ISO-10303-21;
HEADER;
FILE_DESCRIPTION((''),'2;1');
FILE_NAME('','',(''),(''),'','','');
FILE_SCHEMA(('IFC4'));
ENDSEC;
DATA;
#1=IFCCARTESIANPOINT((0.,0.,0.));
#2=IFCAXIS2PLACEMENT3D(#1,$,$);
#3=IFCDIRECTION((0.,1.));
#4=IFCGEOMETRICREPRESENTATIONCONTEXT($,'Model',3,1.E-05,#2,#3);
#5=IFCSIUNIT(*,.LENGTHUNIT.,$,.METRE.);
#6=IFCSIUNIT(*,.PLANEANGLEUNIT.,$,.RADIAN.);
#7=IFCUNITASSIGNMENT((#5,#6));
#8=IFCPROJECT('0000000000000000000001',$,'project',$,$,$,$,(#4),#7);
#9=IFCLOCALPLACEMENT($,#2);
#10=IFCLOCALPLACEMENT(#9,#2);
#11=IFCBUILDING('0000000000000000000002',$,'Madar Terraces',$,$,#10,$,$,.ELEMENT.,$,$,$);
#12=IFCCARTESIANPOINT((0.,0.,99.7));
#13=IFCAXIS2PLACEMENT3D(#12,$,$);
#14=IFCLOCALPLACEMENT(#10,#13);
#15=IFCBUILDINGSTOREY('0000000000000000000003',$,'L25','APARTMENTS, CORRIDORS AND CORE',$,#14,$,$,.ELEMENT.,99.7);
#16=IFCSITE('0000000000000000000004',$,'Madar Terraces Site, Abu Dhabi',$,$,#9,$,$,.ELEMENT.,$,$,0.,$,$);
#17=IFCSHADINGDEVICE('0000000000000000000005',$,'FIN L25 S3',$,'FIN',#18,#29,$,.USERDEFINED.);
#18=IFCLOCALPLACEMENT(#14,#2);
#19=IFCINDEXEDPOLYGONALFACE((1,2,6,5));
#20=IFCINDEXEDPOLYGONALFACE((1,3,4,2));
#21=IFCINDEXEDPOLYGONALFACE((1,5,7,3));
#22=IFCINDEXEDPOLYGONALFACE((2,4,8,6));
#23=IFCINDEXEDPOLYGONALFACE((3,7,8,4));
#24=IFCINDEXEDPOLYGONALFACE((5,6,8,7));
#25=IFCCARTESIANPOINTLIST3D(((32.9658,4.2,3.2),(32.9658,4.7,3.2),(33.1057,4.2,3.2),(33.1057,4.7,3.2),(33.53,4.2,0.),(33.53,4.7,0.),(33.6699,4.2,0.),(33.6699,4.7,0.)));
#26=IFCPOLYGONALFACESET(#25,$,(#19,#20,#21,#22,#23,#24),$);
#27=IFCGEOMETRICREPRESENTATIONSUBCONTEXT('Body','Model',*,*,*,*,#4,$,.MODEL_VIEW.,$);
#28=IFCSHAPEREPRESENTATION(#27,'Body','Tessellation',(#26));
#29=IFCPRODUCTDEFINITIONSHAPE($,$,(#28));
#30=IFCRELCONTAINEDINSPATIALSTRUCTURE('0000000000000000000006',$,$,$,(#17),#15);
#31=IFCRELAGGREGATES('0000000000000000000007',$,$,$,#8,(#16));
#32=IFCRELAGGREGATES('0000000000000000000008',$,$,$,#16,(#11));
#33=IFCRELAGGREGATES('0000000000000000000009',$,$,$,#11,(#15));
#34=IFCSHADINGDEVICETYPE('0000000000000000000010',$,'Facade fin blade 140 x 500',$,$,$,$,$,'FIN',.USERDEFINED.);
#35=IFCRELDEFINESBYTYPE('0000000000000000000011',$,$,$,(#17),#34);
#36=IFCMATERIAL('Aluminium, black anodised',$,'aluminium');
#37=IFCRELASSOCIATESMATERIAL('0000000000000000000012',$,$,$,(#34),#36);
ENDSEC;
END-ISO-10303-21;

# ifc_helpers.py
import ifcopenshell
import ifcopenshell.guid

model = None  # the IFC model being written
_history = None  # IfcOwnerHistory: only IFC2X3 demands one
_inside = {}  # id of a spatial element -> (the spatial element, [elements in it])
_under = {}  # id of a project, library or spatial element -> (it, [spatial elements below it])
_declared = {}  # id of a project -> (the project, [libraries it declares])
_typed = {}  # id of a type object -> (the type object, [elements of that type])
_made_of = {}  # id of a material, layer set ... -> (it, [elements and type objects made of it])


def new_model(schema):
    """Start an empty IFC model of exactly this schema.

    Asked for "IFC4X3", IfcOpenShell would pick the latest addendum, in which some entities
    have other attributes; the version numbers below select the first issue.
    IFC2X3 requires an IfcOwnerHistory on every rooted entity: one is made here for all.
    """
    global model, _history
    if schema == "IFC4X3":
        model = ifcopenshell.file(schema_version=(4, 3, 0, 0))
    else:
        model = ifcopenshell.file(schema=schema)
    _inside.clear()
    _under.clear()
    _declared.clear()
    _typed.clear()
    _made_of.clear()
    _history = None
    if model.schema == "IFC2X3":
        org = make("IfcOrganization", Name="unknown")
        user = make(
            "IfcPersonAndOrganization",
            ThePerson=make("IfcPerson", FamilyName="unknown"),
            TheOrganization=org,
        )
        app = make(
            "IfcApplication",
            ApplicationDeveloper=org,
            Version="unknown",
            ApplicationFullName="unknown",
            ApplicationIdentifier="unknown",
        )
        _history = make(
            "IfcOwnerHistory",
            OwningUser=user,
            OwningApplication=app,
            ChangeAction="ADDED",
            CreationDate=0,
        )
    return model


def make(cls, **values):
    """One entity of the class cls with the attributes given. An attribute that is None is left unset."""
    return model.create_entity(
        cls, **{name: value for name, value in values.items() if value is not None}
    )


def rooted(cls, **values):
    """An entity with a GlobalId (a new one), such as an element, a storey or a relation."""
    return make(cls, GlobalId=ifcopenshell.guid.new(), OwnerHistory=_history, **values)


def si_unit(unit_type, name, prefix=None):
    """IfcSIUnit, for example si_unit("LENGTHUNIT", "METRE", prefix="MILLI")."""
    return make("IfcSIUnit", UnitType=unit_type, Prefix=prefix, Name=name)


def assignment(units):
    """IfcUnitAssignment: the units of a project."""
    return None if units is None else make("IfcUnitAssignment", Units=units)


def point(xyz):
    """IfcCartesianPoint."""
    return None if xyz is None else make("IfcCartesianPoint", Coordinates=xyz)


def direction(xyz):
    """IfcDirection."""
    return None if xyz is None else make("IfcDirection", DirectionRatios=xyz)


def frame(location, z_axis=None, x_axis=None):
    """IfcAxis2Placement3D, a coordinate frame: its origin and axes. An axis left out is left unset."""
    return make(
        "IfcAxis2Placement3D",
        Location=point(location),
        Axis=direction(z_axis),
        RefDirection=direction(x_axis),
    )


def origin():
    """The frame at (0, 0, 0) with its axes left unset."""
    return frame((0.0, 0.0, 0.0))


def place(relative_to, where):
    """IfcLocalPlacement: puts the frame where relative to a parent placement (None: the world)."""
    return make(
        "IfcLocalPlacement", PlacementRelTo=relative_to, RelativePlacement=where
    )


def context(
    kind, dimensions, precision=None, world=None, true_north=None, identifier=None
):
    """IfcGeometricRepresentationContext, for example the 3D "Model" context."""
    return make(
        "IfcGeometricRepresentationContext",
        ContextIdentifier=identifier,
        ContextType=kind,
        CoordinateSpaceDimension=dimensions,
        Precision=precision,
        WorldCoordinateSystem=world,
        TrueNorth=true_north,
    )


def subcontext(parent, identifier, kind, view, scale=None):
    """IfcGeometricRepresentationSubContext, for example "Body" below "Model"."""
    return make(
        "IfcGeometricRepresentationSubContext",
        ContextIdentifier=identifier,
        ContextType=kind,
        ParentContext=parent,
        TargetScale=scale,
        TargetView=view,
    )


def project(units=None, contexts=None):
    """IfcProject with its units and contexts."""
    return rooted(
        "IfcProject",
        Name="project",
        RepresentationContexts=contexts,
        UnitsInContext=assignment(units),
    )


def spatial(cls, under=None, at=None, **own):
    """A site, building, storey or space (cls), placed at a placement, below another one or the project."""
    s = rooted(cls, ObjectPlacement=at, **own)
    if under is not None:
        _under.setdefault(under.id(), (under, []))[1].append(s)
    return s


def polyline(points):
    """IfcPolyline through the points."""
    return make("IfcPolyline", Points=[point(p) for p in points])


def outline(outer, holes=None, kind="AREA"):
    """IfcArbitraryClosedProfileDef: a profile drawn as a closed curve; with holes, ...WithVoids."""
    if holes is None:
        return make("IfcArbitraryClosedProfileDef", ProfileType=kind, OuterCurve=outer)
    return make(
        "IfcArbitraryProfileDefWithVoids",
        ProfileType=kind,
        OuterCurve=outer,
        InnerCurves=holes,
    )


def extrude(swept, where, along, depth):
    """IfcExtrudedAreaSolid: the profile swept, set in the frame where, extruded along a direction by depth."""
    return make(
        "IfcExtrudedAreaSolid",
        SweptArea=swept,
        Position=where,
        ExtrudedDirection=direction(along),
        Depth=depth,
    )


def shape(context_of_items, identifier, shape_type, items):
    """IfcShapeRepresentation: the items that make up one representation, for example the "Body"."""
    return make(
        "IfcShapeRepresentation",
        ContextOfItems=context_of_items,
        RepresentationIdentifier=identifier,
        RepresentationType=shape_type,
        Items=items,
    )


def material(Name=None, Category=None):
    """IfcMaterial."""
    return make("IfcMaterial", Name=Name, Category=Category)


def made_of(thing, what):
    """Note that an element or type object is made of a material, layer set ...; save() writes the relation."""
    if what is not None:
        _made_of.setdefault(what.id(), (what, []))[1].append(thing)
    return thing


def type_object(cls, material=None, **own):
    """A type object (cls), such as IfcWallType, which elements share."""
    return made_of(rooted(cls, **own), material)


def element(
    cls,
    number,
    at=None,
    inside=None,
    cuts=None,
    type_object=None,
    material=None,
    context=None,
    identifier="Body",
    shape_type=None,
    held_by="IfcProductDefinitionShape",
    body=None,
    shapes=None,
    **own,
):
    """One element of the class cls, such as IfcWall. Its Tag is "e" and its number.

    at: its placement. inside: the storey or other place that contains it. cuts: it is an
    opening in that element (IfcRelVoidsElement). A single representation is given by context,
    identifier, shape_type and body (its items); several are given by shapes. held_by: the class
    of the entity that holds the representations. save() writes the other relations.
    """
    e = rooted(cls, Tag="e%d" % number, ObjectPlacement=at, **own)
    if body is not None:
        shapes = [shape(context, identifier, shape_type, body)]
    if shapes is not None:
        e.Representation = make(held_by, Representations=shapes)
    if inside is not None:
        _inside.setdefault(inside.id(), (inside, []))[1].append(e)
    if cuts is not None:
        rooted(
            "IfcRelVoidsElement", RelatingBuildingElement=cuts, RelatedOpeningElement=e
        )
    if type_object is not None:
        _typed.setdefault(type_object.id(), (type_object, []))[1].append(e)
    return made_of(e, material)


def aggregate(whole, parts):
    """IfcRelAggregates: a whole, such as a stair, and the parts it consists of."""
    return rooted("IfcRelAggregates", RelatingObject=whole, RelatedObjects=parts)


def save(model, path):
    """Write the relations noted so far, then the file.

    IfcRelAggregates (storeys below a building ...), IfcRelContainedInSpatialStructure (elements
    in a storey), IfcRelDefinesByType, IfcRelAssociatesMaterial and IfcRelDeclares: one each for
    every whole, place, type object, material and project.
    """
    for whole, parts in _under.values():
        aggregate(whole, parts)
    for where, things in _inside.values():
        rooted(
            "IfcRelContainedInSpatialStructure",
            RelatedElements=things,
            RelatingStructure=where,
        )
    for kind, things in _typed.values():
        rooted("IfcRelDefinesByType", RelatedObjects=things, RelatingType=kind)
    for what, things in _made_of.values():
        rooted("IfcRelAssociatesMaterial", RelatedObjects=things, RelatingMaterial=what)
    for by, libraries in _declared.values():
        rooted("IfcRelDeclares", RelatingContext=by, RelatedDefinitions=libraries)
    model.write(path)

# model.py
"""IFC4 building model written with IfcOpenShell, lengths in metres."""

from ifc_helpers import new_model, si_unit, direction, frame, origin, place, context, subcontext, project, spatial, polyline, outline, extrude, material, type_object, element, save


model = new_model("IFC4")

# Units and contexts
model_context = context("Model", 3, precision=1e-05, world=origin(), true_north=direction((0.0, 1.0)))
body_context = subcontext(model_context, "Body", "Model", "MODEL_VIEW")
ifc_project = project(units=[si_unit("LENGTHUNIT", "METRE"), si_unit("PLANEANGLEUNIT", "RADIAN")], contexts=[model_context])

# Site, building, storey
site_placement = place(None, origin())
site = spatial("IfcSite", under=ifc_project, at=site_placement, Name="Madar Terraces Site, Abu Dhabi", CompositionType="ELEMENT", RefElevation=0.0)
building_placement = place(site_placement, origin())
building = spatial("IfcBuilding", under=site, at=building_placement, Name="Madar Terraces", CompositionType="ELEMENT")
storey_placement = place(building_placement, frame((0.0, 0.0, 99.7)))
storey = spatial("IfcBuildingStorey", under=building, at=storey_placement, Name="L25", Description="APARTMENTS, CORRIDORS AND CORE", CompositionType="ELEMENT", Elevation=99.7)

# Shading device
ifc_material_1 = material(Name="Aluminium, black anodised", Category="aluminium")
shading_device_type = type_object("IfcShadingDeviceType", Name="Facade fin blade 140 x 500", ElementType="FIN", PredefinedType="USERDEFINED", material=ifc_material_1)
shading_device_placement = place(storey_placement, frame((33.53, 4.45, 0.0), z_axis=(0.0, 0.0, 1.0), x_axis=(1.0, 0.0, 0.0)))
element("IfcShadingDevice", 1, at=shading_device_placement, inside=storey, type_object=shading_device_type, Name="FIN L25 S3", ObjectType="FIN", PredefinedType="USERDEFINED", context=body_context, shape_type="SweptSolid", body=[
    extrude(outline(polyline([(0.0, 0.0), (0.1399, 0.0), (-0.4243, 3.2), (-0.5642, 3.2), (0.0, 0.0)])), frame((0.0, 0.25, 0.0), z_axis=(0.0, -1.0, 0.0), x_axis=(1.0, 0.0, 0.0)), (0.0, 0.0, 1.0), 0.5),
])

save(model, "model.ifc")
